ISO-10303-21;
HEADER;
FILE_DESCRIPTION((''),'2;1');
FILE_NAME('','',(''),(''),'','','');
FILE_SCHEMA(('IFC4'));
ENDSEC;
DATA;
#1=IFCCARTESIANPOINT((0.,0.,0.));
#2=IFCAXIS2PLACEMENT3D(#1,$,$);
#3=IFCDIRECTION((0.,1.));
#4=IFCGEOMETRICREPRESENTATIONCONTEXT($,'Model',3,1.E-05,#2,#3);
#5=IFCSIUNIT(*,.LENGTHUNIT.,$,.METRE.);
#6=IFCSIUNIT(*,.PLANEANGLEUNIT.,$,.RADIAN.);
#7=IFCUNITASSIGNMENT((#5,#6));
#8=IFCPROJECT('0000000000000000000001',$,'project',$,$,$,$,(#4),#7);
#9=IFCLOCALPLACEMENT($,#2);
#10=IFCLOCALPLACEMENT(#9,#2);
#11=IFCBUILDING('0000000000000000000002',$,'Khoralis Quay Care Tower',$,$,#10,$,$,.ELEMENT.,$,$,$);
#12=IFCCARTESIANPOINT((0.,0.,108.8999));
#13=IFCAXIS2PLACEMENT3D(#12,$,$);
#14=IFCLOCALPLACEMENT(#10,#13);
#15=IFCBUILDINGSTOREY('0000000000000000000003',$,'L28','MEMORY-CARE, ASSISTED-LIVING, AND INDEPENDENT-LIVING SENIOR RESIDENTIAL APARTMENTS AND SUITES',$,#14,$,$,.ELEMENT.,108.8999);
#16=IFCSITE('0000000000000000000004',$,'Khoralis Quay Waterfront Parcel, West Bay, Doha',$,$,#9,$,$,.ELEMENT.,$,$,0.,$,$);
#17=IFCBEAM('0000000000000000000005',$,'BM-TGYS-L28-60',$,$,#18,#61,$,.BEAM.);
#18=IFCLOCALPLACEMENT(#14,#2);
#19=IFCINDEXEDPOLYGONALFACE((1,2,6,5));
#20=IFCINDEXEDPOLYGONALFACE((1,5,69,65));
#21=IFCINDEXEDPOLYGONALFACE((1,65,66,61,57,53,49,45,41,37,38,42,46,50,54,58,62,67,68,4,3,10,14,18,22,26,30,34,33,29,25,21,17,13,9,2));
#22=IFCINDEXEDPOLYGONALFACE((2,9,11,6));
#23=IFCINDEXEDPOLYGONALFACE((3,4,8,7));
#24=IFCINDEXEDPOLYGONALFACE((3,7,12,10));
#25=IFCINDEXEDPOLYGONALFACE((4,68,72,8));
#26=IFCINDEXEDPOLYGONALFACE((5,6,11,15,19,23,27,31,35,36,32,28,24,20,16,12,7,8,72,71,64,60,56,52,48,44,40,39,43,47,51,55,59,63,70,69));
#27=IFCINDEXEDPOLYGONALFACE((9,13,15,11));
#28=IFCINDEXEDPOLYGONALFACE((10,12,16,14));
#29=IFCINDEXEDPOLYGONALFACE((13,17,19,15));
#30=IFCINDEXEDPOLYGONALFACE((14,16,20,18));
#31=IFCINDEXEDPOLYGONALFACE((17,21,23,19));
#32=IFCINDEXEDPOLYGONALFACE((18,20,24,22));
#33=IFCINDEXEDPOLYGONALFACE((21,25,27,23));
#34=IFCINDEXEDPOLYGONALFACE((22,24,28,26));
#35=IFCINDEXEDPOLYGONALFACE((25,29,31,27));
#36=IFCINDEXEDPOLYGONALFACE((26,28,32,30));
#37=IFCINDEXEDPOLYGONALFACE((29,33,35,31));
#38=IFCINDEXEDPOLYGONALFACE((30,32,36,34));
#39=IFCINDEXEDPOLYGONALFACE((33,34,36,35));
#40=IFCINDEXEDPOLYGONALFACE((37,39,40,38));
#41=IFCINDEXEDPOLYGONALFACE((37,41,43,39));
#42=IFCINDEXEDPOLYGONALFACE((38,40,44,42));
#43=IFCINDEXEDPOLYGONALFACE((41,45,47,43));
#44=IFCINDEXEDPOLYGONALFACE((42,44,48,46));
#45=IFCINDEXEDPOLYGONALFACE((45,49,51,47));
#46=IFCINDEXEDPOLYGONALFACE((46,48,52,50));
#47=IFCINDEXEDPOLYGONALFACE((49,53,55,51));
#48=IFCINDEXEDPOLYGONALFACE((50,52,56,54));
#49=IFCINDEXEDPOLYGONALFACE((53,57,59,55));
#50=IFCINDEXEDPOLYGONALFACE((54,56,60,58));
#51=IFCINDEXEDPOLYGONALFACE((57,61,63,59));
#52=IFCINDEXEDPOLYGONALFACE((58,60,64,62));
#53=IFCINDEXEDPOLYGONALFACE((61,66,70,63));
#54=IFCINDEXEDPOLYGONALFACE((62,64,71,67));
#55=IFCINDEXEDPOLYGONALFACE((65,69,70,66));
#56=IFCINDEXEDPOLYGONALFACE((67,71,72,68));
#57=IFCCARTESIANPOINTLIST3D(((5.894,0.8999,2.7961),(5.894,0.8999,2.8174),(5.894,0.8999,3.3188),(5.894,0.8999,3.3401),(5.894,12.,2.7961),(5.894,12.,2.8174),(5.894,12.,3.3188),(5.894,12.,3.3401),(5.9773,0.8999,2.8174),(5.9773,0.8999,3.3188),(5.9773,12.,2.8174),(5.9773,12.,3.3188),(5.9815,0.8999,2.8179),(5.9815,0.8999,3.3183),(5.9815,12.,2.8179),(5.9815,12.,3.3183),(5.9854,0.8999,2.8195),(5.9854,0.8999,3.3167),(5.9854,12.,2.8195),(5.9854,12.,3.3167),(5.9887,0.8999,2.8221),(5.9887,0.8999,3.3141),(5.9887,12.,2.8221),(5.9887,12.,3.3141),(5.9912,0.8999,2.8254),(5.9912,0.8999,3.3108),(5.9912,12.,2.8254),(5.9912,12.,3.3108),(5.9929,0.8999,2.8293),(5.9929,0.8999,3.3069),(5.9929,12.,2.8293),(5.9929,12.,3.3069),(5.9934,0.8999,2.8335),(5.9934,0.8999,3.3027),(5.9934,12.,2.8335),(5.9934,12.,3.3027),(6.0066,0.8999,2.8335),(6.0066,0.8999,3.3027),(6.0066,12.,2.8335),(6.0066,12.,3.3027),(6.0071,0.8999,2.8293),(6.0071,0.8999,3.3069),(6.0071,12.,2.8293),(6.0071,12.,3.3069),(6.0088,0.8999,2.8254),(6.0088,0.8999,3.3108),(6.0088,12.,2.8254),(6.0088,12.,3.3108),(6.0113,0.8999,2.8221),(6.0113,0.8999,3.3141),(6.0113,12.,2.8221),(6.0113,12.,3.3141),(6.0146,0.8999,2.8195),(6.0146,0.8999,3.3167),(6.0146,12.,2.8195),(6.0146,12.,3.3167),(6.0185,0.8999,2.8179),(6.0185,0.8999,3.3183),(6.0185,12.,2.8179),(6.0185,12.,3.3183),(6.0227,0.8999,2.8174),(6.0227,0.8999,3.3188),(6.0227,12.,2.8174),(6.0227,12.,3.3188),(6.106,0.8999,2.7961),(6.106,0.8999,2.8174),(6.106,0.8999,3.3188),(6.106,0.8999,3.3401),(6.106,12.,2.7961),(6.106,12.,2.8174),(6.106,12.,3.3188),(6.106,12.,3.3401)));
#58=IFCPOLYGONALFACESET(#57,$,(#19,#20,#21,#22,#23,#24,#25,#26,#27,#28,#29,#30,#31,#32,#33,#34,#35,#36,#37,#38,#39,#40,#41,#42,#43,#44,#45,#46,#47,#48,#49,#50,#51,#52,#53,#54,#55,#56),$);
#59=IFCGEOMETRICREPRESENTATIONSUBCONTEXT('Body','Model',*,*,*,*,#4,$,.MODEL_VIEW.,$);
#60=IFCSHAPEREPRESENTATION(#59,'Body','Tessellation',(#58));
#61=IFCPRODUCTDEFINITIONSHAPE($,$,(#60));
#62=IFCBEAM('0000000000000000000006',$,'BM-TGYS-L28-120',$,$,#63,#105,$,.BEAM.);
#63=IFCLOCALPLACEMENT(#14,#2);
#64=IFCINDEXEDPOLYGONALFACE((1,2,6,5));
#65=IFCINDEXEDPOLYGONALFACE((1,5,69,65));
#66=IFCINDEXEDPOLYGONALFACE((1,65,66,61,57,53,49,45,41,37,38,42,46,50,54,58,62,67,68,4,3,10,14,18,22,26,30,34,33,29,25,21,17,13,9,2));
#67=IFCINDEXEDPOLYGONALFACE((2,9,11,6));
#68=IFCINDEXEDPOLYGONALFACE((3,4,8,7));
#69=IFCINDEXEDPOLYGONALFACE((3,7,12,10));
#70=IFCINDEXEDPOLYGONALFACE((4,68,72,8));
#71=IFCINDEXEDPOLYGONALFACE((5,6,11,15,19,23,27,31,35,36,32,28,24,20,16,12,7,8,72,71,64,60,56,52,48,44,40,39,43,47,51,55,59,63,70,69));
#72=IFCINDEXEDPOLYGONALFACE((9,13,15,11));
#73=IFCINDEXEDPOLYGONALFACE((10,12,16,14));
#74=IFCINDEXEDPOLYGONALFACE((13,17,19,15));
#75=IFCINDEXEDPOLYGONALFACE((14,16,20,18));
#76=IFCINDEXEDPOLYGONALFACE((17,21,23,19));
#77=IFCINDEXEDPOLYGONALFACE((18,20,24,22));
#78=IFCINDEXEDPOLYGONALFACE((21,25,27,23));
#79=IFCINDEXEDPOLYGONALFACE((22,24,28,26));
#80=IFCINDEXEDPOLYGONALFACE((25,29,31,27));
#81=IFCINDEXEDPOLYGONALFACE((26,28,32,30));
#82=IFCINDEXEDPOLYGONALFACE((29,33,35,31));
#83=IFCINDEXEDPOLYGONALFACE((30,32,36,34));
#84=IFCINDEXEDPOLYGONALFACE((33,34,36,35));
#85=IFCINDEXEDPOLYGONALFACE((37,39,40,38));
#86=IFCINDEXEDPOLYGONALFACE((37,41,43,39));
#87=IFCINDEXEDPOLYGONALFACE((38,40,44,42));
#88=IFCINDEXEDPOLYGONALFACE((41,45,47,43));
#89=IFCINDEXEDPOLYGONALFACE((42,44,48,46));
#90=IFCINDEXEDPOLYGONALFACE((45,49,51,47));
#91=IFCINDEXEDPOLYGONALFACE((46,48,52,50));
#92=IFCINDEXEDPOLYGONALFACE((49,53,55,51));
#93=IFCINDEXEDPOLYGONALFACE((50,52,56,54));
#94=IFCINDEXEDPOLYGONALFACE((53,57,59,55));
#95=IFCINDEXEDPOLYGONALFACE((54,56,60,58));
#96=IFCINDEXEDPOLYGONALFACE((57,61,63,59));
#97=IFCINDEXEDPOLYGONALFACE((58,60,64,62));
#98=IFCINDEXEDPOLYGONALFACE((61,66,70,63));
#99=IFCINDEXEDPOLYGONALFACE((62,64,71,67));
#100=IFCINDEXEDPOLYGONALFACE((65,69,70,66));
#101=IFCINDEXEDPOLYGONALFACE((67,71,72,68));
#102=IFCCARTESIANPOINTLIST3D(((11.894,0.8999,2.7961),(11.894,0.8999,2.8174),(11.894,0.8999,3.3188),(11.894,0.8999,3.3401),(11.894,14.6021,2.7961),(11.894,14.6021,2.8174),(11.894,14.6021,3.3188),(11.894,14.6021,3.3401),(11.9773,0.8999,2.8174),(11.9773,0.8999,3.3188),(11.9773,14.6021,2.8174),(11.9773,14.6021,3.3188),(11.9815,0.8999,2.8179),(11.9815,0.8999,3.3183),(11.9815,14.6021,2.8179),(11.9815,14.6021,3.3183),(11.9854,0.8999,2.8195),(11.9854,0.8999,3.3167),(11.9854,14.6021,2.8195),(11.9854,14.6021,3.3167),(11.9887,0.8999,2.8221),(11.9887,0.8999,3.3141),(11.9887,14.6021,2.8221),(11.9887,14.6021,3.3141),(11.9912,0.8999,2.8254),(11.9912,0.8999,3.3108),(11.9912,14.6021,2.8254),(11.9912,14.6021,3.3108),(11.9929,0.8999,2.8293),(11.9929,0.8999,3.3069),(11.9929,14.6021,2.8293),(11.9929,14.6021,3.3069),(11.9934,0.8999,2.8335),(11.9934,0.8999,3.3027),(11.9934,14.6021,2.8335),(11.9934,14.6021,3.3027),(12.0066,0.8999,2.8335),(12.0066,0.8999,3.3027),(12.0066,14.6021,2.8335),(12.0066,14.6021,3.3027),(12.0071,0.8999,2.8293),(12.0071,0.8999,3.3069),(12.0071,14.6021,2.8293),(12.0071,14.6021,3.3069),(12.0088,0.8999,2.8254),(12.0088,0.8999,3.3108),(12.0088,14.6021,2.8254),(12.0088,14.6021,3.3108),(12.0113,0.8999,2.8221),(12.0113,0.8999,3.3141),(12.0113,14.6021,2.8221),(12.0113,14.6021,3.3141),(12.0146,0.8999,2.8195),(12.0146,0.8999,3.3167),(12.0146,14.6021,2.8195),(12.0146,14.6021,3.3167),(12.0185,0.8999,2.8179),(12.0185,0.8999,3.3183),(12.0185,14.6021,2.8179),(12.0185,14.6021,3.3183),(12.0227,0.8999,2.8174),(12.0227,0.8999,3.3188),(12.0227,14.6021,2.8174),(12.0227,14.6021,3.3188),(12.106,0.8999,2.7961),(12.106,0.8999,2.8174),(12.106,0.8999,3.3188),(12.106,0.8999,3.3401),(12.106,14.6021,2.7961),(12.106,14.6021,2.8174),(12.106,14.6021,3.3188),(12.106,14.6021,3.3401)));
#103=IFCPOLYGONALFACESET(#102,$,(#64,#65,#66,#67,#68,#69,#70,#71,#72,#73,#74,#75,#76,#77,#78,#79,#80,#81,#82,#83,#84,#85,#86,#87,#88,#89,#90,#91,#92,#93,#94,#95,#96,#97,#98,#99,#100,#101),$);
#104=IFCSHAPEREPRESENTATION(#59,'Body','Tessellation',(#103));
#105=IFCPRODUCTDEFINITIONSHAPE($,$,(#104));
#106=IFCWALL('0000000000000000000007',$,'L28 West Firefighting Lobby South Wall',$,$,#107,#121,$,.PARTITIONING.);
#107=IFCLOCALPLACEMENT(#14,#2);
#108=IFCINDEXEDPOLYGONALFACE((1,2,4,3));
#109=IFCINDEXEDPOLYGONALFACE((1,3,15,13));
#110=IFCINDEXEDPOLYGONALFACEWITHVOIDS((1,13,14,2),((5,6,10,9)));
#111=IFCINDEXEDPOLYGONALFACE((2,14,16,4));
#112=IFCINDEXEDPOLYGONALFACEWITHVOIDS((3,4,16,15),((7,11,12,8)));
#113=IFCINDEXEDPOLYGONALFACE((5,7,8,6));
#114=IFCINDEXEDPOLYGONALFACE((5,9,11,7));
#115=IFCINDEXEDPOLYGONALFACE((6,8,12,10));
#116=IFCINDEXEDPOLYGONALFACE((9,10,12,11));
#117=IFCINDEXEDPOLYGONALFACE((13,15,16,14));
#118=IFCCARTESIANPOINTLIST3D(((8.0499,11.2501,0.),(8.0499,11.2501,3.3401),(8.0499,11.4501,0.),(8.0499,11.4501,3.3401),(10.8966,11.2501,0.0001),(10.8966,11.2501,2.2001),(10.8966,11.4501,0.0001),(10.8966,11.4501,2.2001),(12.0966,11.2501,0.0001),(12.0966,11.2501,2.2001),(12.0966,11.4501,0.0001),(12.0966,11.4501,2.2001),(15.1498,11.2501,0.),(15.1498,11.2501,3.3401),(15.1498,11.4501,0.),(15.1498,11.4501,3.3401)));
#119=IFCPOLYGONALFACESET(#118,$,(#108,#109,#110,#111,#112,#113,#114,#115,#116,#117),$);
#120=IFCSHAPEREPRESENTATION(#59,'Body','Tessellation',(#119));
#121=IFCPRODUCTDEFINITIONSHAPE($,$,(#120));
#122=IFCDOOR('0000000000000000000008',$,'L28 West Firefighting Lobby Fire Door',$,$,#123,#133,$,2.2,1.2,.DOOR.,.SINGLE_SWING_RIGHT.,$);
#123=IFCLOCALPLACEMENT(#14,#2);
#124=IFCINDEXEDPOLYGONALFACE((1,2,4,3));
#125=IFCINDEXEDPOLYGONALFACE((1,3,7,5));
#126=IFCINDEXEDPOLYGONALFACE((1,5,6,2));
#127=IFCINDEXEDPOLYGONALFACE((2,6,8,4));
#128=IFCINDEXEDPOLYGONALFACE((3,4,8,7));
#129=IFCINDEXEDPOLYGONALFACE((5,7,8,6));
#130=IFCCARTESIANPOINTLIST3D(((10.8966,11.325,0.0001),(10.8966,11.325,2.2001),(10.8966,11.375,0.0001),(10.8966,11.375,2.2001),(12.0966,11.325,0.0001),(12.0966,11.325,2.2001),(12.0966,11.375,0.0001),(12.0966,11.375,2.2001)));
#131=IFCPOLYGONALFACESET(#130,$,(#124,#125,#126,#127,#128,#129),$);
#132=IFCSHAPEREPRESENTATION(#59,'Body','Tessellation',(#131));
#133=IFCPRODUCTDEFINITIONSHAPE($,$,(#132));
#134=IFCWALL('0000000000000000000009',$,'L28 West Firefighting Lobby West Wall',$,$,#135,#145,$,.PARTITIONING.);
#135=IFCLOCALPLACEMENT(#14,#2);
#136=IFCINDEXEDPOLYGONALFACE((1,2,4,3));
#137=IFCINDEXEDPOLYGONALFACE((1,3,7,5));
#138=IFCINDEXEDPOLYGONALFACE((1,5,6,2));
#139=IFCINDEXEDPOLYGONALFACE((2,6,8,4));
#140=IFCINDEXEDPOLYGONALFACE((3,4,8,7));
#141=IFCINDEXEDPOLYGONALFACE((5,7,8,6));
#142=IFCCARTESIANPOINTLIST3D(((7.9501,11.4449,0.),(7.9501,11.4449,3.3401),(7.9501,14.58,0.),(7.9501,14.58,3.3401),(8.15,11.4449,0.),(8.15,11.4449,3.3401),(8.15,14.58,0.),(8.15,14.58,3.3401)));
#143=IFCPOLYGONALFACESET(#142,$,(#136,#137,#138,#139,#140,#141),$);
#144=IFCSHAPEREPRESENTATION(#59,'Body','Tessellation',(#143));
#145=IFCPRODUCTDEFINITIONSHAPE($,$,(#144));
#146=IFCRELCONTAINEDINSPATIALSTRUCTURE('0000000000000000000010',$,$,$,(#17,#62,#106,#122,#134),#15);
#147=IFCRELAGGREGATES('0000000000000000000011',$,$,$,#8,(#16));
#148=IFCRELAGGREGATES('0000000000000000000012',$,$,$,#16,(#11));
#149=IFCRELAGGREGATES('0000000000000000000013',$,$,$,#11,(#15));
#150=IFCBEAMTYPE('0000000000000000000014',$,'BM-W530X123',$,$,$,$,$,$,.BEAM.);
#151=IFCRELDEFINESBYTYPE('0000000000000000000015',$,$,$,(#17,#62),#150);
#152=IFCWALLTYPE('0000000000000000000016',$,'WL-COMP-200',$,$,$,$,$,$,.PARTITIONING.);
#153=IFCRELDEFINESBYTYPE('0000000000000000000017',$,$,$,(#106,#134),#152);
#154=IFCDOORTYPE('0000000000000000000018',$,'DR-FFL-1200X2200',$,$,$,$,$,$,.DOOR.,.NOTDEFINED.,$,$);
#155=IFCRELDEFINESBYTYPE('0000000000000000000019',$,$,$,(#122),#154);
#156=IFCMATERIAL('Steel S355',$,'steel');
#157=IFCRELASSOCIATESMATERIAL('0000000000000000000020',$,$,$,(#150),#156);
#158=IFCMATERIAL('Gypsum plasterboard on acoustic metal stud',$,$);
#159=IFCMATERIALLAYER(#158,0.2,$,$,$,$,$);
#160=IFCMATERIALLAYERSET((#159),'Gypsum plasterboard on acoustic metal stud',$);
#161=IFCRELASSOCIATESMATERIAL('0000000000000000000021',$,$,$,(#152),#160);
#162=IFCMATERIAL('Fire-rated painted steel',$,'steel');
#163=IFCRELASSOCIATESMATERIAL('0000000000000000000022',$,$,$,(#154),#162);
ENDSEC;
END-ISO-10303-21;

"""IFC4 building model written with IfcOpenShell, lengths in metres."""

from ifc_helpers import new_model, si_unit, direction, frame, frame_2d, origin, origin_2d, place, context, subcontext, project, spatial, rectangle, i_section, extrude, source, transform, mapped, material, layer, layer_set, material_profile, profile_set, type_object, element, fill, save


model = new_model("IFC4")

# Units and contexts
model_context = context("Model", 3, precision=1e-05, world=origin(), true_north=direction((0.0, 1.0)))
body_context = subcontext(model_context, "Body", "Model", "MODEL_VIEW")
ifc_project = project(units=[si_unit("LENGTHUNIT", "METRE"), si_unit("PLANEANGLEUNIT", "RADIAN")], contexts=[model_context])

# Site, building, storey
site_placement = place(None, origin())
site = spatial("IfcSite", under=ifc_project, at=site_placement, Name="Khoralis Quay Waterfront Parcel, West Bay, Doha", CompositionType="ELEMENT", RefElevation=0.0)
building_placement = place(site_placement, origin())
building = spatial("IfcBuilding", under=site, at=building_placement, Name="Khoralis Quay Care Tower", CompositionType="ELEMENT")
storey_placement = place(building_placement, frame((0.0, 0.0, 108.8999)))
storey = spatial("IfcBuildingStorey", under=building, at=storey_placement, Name="L28", Description="MEMORY-CARE, ASSISTED-LIVING, AND INDEPENDENT-LIVING SENIOR RESIDENTIAL APARTMENTS AND SUITES", CompositionType="ELEMENT", Elevation=108.8999)

# Beams
ifc_material_1 = material(Name="Steel S355", Category="steel")
ifc_material_profile_1 = material_profile(ifc_material_1, i_section(OverallWidth=0.2119, OverallDepth=0.5439, WebThickness=0.0132, FlangeThickness=0.0212, FilletRadius=0.0161, at=origin_2d()), Name="Steel S355")
ifc_profile_set_1 = profile_set([ifc_material_profile_1], Name="Steel S355")
beam_type_1 = type_object("IfcBeamType", Name="BM-W530X123", PredefinedType="BEAM", material=ifc_profile_set_1)
shared_shape_1 = source(origin(), body_context, "Body", "SweptSolid", [
    extrude(i_section(OverallWidth=0.2119, OverallDepth=0.5439, WebThickness=0.0132, FlangeThickness=0.0212, FilletRadius=0.0161, at=origin_2d()), origin(), (0.0, 0.0, 1.0), 11.1001),
])
beam_1_placement = place(storey_placement, frame((6.0, 0.8999, 3.0681), z_axis=(0.0, 1.0, 0.0), x_axis=(-1.0, 0.0, 0.0)))
element("IfcBeam", 1, at=beam_1_placement, inside=storey, type_object=beam_type_1, Name="BM-TGYS-L28-60", PredefinedType="BEAM", context=body_context, shape_type="MappedRepresentation", body=[
    mapped(shared_shape_1, transform((0.0, 0.0, 0.0), scale=1.0)),
])
shared_shape_2 = source(origin(), body_context, "Body", "SweptSolid", [
    extrude(i_section(OverallWidth=0.2119, OverallDepth=0.5439, WebThickness=0.0132, FlangeThickness=0.0212, FilletRadius=0.0161, at=origin_2d()), origin(), (0.0, 0.0, 1.0), 13.7021),
])
beam_2_placement = place(storey_placement, frame((12.0, 0.8999, 3.0681), z_axis=(0.0, 1.0, 0.0), x_axis=(-1.0, 0.0, 0.0)))
element("IfcBeam", 2, at=beam_2_placement, inside=storey, type_object=beam_type_1, Name="BM-TGYS-L28-120", PredefinedType="BEAM", context=body_context, shape_type="MappedRepresentation", body=[
    mapped(shared_shape_2, transform((0.0, 0.0, 0.0), scale=1.0)),
])

# Wall, opening, door
ifc_material_2 = material(Name="Gypsum plasterboard on acoustic metal stud")
ifc_layer_1 = layer(ifc_material_2, 0.2)
ifc_layer_set_1 = layer_set([ifc_layer_1], Name="Gypsum plasterboard on acoustic metal stud")
wall_type_1 = type_object("IfcWallType", Name="WL-COMP-200", PredefinedType="PARTITIONING", material=ifc_layer_set_1)
wall_1_placement = place(storey_placement, frame((8.05, 11.3501, 0.0), z_axis=(0.0, 0.0, 1.0), x_axis=(1.0, 0.0, 0.0)))
wall_1 = element("IfcWall", 3, at=wall_1_placement, inside=storey, type_object=wall_type_1, Name="L28 West Firefighting Lobby South Wall", PredefinedType="PARTITIONING", context=body_context, shape_type="SweptSolid", body=[
    extrude(rectangle(XDim=7.0999, YDim=0.2, at=frame_2d((3.5498, 0.0))), origin(), (0.0, 0.0, 1.0), 3.3401),
])
opening_1_placement = place(wall_1_placement, frame((2.8464, 0.0, 0.0)))
opening_1 = element("IfcOpeningElement", 4, at=opening_1_placement, cuts=wall_1, PredefinedType="OPENING", context=body_context, shape_type="SweptSolid", body=[
    extrude(rectangle(XDim=1.2, YDim=2.2, at=frame_2d((0.6001, 1.1001))), frame((0.0, 0.1099, 0.0), z_axis=(0.0, -1.0, 0.0), x_axis=(1.0, 0.0, 0.0)), (0.0, 0.0, 1.0), 0.22),
])
ifc_material_3 = material(Name="Fire-rated painted steel", Category="steel")
door_type_1 = type_object("IfcDoorType", Name="DR-FFL-1200X2200", OperationType="NOTDEFINED", PredefinedType="DOOR", material=ifc_material_3)
shared_shape_3 = source(origin(), body_context, "Body", "SweptSolid", [
    extrude(rectangle(XDim=1.2, YDim=2.2, at=frame_2d((0.6001, 1.1001))), frame((0.0, 0.0249, 0.0), z_axis=(0.0, -1.0, 0.0), x_axis=(1.0, 0.0, 0.0)), (0.0, 0.0, 1.0), 0.05),
])
door_1_placement = place(opening_1_placement, origin())
door_1 = element("IfcDoor", 5, at=door_1_placement, inside=storey, type_object=door_type_1, Name="L28 West Firefighting Lobby Fire Door", OperationType="SINGLE_SWING_RIGHT", OverallHeight=2.2, OverallWidth=1.2, PredefinedType="DOOR", context=body_context, shape_type="MappedRepresentation", body=[
    mapped(shared_shape_3, transform((0.0, 0.0, 0.0), scale=1.0)),
])
fill(opening_1, door_1)

# Wall
wall_2_placement = place(storey_placement, frame((8.05, 11.4451, 0.0), z_axis=(0.0, 0.0, 1.0), x_axis=(0.0, 1.0, 0.0)))
element("IfcWall", 6, at=wall_2_placement, inside=storey, type_object=wall_type_1, Name="L28 West Firefighting Lobby West Wall", PredefinedType="PARTITIONING", context=body_context, shape_type="SweptSolid", body=[
    extrude(rectangle(XDim=3.135, YDim=0.2, at=frame_2d((1.5674, 0.0))), origin(), (0.0, 0.0, 1.0), 3.3401),
])

save(model, "model.ifc")
